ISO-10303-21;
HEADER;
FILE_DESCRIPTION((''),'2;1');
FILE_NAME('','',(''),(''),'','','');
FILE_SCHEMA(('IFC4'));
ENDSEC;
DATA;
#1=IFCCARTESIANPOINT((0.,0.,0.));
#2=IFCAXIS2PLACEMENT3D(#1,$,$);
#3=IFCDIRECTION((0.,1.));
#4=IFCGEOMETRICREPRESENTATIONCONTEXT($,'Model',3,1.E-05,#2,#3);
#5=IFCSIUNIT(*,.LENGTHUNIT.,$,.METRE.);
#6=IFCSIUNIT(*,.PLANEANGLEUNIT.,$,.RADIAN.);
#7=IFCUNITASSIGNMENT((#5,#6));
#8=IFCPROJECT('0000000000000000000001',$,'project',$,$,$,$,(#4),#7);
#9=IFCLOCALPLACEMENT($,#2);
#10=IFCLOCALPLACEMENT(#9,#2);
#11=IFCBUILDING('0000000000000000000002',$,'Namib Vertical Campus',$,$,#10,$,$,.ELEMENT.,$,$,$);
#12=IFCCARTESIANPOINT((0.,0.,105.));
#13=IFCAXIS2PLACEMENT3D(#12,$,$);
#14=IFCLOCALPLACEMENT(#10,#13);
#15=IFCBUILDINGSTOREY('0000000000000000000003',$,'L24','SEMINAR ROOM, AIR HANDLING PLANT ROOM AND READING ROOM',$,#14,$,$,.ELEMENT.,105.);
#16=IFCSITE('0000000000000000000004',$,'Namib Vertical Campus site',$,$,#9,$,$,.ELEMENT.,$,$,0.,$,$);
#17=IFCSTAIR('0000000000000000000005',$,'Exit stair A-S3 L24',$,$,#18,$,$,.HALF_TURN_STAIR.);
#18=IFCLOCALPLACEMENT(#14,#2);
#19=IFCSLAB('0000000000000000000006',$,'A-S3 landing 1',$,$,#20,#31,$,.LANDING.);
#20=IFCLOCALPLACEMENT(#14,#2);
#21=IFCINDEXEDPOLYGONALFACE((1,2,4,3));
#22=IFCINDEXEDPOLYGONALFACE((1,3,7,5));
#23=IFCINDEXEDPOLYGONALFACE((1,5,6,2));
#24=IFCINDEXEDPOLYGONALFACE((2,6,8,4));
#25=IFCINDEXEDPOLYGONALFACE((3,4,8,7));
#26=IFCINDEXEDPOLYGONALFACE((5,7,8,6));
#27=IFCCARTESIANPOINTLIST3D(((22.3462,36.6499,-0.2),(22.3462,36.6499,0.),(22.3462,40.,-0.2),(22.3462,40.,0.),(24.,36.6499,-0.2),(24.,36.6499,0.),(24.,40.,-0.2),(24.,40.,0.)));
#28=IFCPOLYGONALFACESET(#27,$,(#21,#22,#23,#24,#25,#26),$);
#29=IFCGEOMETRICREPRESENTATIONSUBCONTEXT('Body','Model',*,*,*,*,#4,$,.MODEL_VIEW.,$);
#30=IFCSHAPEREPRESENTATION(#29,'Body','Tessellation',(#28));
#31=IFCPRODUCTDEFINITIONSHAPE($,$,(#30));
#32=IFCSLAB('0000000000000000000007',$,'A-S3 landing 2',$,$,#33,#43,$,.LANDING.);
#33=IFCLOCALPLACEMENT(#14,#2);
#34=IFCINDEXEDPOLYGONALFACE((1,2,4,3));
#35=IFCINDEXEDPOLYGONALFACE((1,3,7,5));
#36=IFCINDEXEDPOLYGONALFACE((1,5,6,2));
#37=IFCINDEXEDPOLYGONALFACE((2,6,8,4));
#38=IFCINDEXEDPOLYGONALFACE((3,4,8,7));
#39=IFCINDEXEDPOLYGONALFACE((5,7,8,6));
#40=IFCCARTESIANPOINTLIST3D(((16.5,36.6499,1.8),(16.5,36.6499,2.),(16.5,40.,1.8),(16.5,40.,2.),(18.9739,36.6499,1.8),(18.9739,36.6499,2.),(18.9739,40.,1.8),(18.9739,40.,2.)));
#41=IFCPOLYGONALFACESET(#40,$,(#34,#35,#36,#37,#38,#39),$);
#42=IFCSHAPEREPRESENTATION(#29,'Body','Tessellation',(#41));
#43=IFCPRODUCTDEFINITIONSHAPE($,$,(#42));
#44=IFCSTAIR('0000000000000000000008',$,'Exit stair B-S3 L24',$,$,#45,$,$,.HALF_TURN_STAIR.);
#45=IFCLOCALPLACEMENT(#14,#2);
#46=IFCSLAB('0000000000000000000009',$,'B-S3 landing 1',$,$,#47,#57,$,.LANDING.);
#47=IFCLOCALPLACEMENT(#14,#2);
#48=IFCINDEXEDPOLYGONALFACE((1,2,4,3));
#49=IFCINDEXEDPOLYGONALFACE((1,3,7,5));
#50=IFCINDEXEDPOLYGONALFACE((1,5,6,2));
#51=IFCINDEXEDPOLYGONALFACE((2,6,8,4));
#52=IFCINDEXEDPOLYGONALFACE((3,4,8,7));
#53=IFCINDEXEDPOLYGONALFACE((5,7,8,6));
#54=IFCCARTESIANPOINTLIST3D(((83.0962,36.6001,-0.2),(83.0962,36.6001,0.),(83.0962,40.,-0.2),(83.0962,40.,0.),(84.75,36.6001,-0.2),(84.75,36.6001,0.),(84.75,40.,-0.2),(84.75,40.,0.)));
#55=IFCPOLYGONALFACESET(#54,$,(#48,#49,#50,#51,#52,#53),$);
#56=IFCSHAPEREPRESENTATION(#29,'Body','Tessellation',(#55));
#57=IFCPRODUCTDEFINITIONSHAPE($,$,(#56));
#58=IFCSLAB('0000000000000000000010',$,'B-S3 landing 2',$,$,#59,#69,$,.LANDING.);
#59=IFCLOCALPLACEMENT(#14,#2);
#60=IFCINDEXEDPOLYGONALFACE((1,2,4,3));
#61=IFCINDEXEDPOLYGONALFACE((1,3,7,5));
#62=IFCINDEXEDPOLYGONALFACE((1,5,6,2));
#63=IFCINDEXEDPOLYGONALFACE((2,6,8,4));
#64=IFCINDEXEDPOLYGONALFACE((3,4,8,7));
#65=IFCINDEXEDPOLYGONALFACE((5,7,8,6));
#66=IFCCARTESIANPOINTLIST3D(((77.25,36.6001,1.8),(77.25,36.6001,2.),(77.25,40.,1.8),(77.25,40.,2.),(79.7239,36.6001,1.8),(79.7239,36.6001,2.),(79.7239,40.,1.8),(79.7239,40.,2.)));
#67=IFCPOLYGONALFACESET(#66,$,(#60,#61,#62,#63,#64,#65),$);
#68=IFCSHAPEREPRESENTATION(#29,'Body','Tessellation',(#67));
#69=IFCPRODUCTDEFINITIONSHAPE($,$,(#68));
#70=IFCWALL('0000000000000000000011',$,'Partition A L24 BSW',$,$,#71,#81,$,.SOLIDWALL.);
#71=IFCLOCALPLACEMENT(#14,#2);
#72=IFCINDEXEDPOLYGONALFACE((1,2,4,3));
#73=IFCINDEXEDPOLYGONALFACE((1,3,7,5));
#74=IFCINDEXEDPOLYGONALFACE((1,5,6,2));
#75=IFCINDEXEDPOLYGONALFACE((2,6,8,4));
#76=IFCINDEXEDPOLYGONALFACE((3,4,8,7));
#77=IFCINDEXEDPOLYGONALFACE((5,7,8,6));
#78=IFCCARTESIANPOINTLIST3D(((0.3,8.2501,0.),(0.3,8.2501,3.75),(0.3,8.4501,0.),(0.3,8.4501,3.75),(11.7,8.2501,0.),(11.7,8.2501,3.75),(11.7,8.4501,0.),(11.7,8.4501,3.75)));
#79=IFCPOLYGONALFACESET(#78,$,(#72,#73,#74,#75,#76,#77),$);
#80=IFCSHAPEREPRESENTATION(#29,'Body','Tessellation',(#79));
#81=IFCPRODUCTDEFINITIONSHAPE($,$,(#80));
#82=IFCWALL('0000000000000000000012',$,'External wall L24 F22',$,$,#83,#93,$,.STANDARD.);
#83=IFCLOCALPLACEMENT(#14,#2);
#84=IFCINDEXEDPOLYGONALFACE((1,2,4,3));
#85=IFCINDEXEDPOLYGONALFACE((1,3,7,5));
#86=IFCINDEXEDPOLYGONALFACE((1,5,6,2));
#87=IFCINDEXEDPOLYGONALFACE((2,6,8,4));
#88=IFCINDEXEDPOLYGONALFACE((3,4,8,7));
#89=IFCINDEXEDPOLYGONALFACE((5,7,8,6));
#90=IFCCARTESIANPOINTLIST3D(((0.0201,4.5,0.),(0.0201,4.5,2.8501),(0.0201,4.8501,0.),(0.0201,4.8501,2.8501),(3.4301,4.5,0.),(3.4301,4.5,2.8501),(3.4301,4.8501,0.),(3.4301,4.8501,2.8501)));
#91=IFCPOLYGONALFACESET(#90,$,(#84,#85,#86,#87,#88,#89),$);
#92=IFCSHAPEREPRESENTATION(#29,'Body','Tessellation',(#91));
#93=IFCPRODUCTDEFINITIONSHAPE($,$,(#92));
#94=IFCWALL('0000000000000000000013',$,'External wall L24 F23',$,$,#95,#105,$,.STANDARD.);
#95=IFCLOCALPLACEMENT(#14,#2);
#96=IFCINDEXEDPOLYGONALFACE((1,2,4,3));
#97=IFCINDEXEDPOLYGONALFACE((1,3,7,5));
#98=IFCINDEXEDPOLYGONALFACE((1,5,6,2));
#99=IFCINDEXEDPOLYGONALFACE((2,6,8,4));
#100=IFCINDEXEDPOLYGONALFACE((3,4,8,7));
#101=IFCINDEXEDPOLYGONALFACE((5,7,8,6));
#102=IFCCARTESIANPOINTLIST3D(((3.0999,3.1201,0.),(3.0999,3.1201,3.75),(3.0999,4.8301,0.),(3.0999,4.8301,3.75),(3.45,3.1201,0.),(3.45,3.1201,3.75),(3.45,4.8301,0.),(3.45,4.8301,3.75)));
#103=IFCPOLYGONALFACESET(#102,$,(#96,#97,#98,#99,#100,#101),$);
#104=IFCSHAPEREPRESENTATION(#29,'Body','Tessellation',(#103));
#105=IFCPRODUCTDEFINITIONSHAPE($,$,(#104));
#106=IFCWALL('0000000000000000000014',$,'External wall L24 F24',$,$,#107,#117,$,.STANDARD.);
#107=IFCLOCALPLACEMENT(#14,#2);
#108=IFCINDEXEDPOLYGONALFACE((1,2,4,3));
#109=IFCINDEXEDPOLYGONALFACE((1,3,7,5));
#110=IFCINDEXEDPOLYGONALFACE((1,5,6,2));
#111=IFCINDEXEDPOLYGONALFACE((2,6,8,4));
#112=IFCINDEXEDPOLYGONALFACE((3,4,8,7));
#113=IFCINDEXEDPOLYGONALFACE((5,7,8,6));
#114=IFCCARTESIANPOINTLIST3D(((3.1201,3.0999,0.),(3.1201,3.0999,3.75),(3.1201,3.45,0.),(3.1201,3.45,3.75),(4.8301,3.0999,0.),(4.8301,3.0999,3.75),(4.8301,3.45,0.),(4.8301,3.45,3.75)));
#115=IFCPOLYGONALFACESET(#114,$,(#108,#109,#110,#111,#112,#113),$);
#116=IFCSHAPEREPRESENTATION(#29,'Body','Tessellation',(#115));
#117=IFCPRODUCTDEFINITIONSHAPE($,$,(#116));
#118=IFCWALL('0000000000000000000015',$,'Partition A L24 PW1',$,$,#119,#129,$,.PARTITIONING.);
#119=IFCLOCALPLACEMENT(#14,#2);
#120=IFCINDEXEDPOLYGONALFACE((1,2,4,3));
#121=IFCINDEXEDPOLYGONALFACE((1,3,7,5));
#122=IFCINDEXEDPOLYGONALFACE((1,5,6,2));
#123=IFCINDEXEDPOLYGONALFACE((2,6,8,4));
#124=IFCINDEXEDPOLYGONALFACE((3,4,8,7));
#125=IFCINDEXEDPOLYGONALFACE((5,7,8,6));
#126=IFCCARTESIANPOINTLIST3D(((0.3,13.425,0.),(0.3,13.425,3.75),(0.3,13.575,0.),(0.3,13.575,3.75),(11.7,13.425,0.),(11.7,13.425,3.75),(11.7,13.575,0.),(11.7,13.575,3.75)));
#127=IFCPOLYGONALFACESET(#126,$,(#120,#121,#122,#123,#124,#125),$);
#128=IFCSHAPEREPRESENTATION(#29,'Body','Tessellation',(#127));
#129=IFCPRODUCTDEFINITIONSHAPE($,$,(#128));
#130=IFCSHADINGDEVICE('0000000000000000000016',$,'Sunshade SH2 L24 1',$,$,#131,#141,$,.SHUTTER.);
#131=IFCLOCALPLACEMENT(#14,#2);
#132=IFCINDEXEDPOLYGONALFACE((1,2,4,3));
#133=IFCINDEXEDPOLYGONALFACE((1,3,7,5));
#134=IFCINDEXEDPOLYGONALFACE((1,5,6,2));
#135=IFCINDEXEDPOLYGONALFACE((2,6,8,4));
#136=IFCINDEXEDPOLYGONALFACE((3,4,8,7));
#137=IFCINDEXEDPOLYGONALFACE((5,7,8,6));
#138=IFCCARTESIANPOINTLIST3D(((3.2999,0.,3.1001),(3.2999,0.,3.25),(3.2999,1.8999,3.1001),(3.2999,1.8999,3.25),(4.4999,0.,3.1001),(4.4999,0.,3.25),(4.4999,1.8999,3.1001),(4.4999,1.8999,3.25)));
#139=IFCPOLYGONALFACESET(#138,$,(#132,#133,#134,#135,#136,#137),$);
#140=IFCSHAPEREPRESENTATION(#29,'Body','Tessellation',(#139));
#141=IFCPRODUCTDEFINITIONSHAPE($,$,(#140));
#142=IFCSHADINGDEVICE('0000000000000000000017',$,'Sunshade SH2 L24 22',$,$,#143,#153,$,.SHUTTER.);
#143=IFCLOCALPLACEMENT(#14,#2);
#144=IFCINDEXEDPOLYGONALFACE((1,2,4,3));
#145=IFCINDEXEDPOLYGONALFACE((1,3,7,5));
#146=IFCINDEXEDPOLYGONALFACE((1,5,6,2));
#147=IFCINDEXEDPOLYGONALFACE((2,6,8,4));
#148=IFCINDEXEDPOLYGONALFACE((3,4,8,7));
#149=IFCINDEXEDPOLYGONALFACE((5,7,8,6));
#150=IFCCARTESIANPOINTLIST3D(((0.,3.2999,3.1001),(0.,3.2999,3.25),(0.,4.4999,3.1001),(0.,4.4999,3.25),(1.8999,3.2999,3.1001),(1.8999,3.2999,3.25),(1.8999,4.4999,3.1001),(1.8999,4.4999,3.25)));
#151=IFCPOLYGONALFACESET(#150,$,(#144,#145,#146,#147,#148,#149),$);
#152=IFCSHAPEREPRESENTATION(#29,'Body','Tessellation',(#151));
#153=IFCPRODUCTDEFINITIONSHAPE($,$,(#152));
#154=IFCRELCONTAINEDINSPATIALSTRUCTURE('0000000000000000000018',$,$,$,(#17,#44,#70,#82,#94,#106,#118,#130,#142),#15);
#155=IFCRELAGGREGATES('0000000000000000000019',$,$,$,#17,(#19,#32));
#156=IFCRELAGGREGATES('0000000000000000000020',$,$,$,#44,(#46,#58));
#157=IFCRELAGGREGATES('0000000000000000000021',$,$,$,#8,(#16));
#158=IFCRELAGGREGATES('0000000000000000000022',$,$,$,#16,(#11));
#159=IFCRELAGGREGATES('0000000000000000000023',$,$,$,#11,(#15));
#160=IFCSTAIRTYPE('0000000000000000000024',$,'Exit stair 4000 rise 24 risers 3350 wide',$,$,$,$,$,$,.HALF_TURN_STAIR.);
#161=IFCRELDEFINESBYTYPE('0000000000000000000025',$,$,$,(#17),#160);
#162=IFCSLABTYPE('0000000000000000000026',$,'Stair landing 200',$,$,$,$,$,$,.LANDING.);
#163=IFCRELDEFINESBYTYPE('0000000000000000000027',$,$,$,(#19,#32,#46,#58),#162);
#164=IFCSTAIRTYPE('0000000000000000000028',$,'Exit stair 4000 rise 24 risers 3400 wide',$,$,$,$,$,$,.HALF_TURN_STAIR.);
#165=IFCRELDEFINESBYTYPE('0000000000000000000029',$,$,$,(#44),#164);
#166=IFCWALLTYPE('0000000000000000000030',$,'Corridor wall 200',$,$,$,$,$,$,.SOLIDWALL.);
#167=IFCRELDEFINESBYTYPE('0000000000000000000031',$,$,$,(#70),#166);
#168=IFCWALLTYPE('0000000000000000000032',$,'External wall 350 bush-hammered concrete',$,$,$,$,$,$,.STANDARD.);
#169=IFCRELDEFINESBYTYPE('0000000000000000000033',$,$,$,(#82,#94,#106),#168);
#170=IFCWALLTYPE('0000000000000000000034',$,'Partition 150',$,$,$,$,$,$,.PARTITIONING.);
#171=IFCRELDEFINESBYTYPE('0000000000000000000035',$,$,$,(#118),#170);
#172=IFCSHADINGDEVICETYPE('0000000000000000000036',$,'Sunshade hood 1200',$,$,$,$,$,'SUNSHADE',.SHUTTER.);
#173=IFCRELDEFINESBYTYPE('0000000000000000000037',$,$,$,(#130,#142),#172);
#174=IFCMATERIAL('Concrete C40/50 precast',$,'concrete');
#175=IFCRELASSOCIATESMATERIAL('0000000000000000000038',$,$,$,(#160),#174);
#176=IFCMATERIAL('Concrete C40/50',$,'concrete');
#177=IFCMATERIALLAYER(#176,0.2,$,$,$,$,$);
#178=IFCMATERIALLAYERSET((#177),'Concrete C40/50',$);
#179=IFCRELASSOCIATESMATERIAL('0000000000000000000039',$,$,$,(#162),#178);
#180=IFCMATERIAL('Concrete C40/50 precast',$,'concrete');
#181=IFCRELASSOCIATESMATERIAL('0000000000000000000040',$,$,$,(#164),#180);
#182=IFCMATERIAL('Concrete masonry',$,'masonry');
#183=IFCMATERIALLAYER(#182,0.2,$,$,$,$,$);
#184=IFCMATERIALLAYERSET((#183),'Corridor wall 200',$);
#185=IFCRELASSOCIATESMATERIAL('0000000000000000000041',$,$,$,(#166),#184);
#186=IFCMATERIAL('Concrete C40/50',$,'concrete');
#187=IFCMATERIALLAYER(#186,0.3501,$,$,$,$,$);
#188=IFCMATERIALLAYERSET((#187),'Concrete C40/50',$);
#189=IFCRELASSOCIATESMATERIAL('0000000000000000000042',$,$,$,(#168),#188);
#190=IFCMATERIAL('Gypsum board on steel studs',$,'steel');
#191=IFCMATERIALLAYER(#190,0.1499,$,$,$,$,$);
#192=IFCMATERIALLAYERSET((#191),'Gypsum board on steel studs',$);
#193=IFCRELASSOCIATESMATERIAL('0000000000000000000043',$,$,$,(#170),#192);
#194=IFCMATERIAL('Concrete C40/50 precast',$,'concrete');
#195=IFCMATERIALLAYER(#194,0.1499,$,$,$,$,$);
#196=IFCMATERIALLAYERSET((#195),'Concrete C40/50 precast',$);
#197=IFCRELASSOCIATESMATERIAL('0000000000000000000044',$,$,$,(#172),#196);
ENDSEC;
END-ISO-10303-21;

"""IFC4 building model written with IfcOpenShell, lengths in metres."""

from ifc_helpers import new_model, si_unit, direction, frame, frame_2d, origin, origin_2d, place, context, subcontext, project, spatial, polyline, rectangle, outline, extrude, material, layer, layer_set, type_object, element, aggregate, save


model = new_model("IFC4")

# Units and contexts
model_context = context("Model", 3, precision=1e-05, world=origin(), true_north=direction((0.0, 1.0)))
body_context = subcontext(model_context, "Body", "Model", "MODEL_VIEW")
ifc_project = project(units=[si_unit("LENGTHUNIT", "METRE"), si_unit("PLANEANGLEUNIT", "RADIAN")], contexts=[model_context])

# Site, building, storey
site_placement = place(None, origin())
site = spatial("IfcSite", under=ifc_project, at=site_placement, Name="Namib Vertical Campus site", CompositionType="ELEMENT", RefElevation=0.0)
building_placement = place(site_placement, origin())
building = spatial("IfcBuilding", under=site, at=building_placement, Name="Namib Vertical Campus", CompositionType="ELEMENT")
storey_placement = place(building_placement, frame((0.0, 0.0, 105.0)))
storey = spatial("IfcBuildingStorey", under=building, at=storey_placement, Name="L24", Description="SEMINAR ROOM, AIR HANDLING PLANT ROOM AND READING ROOM", CompositionType="ELEMENT", Elevation=105.0)

# Stairs, slabs
ifc_material_1 = material(Name="Concrete C40/50 precast", Category="concrete")
stair_type_1 = type_object("IfcStairType", Name="Exit stair 4000 rise 24 risers 3350 wide", PredefinedType="HALF_TURN_STAIR", material=ifc_material_1)
ifc_material_2 = material(Name="Concrete C40/50", Category="concrete")
ifc_layer_1 = layer(ifc_material_2, 0.2)
ifc_layer_set_1 = layer_set([ifc_layer_1], Name="Concrete C40/50")
slab_type_1 = type_object("IfcSlabType", Name="Stair landing 200", PredefinedType="LANDING", material=ifc_layer_set_1)
ifc_material_3 = material(Name="Concrete C40/50 precast", Category="concrete")
stair_type_2 = type_object("IfcStairType", Name="Exit stair 4000 rise 24 risers 3400 wide", PredefinedType="HALF_TURN_STAIR", material=ifc_material_3)
stair_1_placement = place(storey_placement, origin())
stair_1 = element("IfcStair", 1, at=stair_1_placement, inside=storey, type_object=stair_type_1, Name="Exit stair A-S3 L24", PredefinedType="HALF_TURN_STAIR")
slab_1_placement = place(storey_placement, frame((0.0, 0.0, -0.2)))
slab_1 = element("IfcSlab", 2, at=slab_1_placement, type_object=slab_type_1, Name="A-S3 landing 1", PredefinedType="LANDING", context=body_context, shape_type="SweptSolid", body=[
    extrude(outline(polyline([(22.3462, 36.6499), (22.3462, 40.0), (24.0, 40.0), (24.0, 36.6499), (22.3462, 36.6499)])), origin(), (0.0, 0.0, 1.0), 0.2),
])
slab_2_placement = place(storey_placement, frame((0.0, 0.0, 1.8)))
slab_2 = element("IfcSlab", 3, at=slab_2_placement, type_object=slab_type_1, Name="A-S3 landing 2", PredefinedType="LANDING", context=body_context, shape_type="SweptSolid", body=[
    extrude(outline(polyline([(16.5, 36.6499), (16.5, 40.0), (18.9739, 40.0), (18.9739, 36.6499), (16.5, 36.6499)])), origin(), (0.0, 0.0, 1.0), 0.2),
])
aggregate(stair_1, [slab_1, slab_2])
stair_2_placement = place(storey_placement, origin())
stair_2 = element("IfcStair", 4, at=stair_2_placement, inside=storey, type_object=stair_type_2, Name="Exit stair B-S3 L24", PredefinedType="HALF_TURN_STAIR")
slab_3_placement = place(storey_placement, frame((0.0, 0.0, -0.2)))
slab_3 = element("IfcSlab", 5, at=slab_3_placement, type_object=slab_type_1, Name="B-S3 landing 1", PredefinedType="LANDING", context=body_context, shape_type="SweptSolid", body=[
    extrude(outline(polyline([(83.0962, 36.6001), (83.0962, 40.0), (84.75, 40.0), (84.75, 36.6001), (83.0962, 36.6001)])), origin(), (0.0, 0.0, 1.0), 0.2),
])
slab_4_placement = place(storey_placement, frame((0.0, 0.0, 1.8)))
slab_4 = element("IfcSlab", 6, at=slab_4_placement, type_object=slab_type_1, Name="B-S3 landing 2", PredefinedType="LANDING", context=body_context, shape_type="SweptSolid", body=[
    extrude(outline(polyline([(77.25, 36.6001), (77.25, 40.0), (79.7239, 40.0), (79.7239, 36.6001), (77.25, 36.6001)])), origin(), (0.0, 0.0, 1.0), 0.2),
])
aggregate(stair_2, [slab_3, slab_4])

# Walls
ifc_material_4 = material(Name="Concrete masonry", Category="masonry")
ifc_layer_2 = layer(ifc_material_4, 0.2)
ifc_layer_set_2 = layer_set([ifc_layer_2], Name="Corridor wall 200")
wall_type_1 = type_object("IfcWallType", Name="Corridor wall 200", PredefinedType="SOLIDWALL", material=ifc_layer_set_2)
wall_1_placement = place(storey_placement, frame((0.3, 8.3501, 0.0), z_axis=(0.0, 0.0, 1.0), x_axis=(1.0, 0.0, 0.0)))
element("IfcWall", 7, at=wall_1_placement, inside=storey, type_object=wall_type_1, Name="Partition A L24 BSW", PredefinedType="SOLIDWALL", context=body_context, shape_type="SweptSolid", body=[
    extrude(rectangle(XDim=11.3999, YDim=0.2, at=frame_2d((5.7, 0.0))), origin(), (0.0, 0.0, 1.0), 3.75),
])
ifc_material_5 = material(Name="Concrete C40/50", Category="concrete")
ifc_layer_3 = layer(ifc_material_5, 0.3501)
ifc_layer_set_3 = layer_set([ifc_layer_3], Name="Concrete C40/50")
wall_type_2 = type_object("IfcWallType", Name="External wall 350 bush-hammered concrete", PredefinedType="STANDARD", material=ifc_layer_set_3)
wall_2_placement = place(storey_placement, frame((0.02, 4.675, 0.0), z_axis=(0.0, 0.0, 1.0), x_axis=(1.0, 0.0, 0.0)))
element("IfcWall", 8, at=wall_2_placement, inside=storey, type_object=wall_type_2, Name="External wall L24 F22", PredefinedType="STANDARD", context=body_context, shape_type="SweptSolid", body=[
    extrude(rectangle(XDim=3.4099, YDim=0.3501, at=frame_2d((1.7051, 0.0))), origin(), (0.0, 0.0, 1.0), 2.8501),
])
for number, where, z_axis, x_axis, name in (
    (9, (3.2749, 4.8301, 0.0), (0.0, 0.0, 1.0), (0.0, -1.0, 0.0), "External wall L24 F23"),
    (10, (3.1201, 3.2749, 0.0), (0.0, 0.0, 1.0), (1.0, 0.0, 0.0), "External wall L24 F24"),
):
    element("IfcWall", number, at=place(storey_placement, frame(where, z_axis=z_axis, x_axis=x_axis)), inside=storey, type_object=wall_type_2, Name=name, PredefinedType="STANDARD", context=body_context, shape_type="SweptSolid", body=[
        extrude(rectangle(XDim=1.71, YDim=0.3501, at=frame_2d((0.855, 0.0))), origin(), (0.0, 0.0, 1.0), 3.75),
    ])
ifc_material_6 = material(Name="Gypsum board on steel studs", Category="steel")
ifc_layer_4 = layer(ifc_material_6, 0.1499)
ifc_layer_set_4 = layer_set([ifc_layer_4], Name="Gypsum board on steel studs")
wall_type_3 = type_object("IfcWallType", Name="Partition 150", PredefinedType="PARTITIONING", material=ifc_layer_set_4)
wall_3_placement = place(storey_placement, frame((0.3, 13.5, 0.0), z_axis=(0.0, 0.0, 1.0), x_axis=(1.0, 0.0, 0.0)))
element("IfcWall", 11, at=wall_3_placement, inside=storey, type_object=wall_type_3, Name="Partition A L24 PW1", PredefinedType="PARTITIONING", context=body_context, shape_type="SweptSolid", body=[
    extrude(rectangle(XDim=11.3999, YDim=0.1499, at=frame_2d((5.7, 0.0))), origin(), (0.0, 0.0, 1.0), 3.75),
])

# Shading devices
ifc_material_7 = material(Name="Concrete C40/50 precast", Category="concrete")
ifc_layer_5 = layer(ifc_material_7, 0.1499)
ifc_layer_set_5 = layer_set([ifc_layer_5], Name="Concrete C40/50 precast")
shading_device_type = type_object("IfcShadingDeviceType", Name="Sunshade hood 1200", ElementType="SUNSHADE", PredefinedType="SHUTTER", material=ifc_layer_set_5)
for number, where, z_axis, x_axis, name in (
    (12, (3.8999, 0.95, 3.1001), (0.0, 0.0, 1.0), (0.0, -1.0, 0.0), "Sunshade SH2 L24 1"),
    (13, (0.95, 3.8999, 3.1001), (0.0, 0.0, 1.0), (1.0, 0.0, 0.0), "Sunshade SH2 L24 22"),
):
    element("IfcShadingDevice", number, at=place(storey_placement, frame(where, z_axis=z_axis, x_axis=x_axis)), inside=storey, type_object=shading_device_type, Name=name, PredefinedType="SHUTTER", context=body_context, shape_type="SweptSolid", body=[
        extrude(rectangle(XDim=1.8999, YDim=1.2, at=origin_2d()), origin(), (0.0, 0.0, 1.0), 0.1499),
    ])

save(model, "model.ifc")
